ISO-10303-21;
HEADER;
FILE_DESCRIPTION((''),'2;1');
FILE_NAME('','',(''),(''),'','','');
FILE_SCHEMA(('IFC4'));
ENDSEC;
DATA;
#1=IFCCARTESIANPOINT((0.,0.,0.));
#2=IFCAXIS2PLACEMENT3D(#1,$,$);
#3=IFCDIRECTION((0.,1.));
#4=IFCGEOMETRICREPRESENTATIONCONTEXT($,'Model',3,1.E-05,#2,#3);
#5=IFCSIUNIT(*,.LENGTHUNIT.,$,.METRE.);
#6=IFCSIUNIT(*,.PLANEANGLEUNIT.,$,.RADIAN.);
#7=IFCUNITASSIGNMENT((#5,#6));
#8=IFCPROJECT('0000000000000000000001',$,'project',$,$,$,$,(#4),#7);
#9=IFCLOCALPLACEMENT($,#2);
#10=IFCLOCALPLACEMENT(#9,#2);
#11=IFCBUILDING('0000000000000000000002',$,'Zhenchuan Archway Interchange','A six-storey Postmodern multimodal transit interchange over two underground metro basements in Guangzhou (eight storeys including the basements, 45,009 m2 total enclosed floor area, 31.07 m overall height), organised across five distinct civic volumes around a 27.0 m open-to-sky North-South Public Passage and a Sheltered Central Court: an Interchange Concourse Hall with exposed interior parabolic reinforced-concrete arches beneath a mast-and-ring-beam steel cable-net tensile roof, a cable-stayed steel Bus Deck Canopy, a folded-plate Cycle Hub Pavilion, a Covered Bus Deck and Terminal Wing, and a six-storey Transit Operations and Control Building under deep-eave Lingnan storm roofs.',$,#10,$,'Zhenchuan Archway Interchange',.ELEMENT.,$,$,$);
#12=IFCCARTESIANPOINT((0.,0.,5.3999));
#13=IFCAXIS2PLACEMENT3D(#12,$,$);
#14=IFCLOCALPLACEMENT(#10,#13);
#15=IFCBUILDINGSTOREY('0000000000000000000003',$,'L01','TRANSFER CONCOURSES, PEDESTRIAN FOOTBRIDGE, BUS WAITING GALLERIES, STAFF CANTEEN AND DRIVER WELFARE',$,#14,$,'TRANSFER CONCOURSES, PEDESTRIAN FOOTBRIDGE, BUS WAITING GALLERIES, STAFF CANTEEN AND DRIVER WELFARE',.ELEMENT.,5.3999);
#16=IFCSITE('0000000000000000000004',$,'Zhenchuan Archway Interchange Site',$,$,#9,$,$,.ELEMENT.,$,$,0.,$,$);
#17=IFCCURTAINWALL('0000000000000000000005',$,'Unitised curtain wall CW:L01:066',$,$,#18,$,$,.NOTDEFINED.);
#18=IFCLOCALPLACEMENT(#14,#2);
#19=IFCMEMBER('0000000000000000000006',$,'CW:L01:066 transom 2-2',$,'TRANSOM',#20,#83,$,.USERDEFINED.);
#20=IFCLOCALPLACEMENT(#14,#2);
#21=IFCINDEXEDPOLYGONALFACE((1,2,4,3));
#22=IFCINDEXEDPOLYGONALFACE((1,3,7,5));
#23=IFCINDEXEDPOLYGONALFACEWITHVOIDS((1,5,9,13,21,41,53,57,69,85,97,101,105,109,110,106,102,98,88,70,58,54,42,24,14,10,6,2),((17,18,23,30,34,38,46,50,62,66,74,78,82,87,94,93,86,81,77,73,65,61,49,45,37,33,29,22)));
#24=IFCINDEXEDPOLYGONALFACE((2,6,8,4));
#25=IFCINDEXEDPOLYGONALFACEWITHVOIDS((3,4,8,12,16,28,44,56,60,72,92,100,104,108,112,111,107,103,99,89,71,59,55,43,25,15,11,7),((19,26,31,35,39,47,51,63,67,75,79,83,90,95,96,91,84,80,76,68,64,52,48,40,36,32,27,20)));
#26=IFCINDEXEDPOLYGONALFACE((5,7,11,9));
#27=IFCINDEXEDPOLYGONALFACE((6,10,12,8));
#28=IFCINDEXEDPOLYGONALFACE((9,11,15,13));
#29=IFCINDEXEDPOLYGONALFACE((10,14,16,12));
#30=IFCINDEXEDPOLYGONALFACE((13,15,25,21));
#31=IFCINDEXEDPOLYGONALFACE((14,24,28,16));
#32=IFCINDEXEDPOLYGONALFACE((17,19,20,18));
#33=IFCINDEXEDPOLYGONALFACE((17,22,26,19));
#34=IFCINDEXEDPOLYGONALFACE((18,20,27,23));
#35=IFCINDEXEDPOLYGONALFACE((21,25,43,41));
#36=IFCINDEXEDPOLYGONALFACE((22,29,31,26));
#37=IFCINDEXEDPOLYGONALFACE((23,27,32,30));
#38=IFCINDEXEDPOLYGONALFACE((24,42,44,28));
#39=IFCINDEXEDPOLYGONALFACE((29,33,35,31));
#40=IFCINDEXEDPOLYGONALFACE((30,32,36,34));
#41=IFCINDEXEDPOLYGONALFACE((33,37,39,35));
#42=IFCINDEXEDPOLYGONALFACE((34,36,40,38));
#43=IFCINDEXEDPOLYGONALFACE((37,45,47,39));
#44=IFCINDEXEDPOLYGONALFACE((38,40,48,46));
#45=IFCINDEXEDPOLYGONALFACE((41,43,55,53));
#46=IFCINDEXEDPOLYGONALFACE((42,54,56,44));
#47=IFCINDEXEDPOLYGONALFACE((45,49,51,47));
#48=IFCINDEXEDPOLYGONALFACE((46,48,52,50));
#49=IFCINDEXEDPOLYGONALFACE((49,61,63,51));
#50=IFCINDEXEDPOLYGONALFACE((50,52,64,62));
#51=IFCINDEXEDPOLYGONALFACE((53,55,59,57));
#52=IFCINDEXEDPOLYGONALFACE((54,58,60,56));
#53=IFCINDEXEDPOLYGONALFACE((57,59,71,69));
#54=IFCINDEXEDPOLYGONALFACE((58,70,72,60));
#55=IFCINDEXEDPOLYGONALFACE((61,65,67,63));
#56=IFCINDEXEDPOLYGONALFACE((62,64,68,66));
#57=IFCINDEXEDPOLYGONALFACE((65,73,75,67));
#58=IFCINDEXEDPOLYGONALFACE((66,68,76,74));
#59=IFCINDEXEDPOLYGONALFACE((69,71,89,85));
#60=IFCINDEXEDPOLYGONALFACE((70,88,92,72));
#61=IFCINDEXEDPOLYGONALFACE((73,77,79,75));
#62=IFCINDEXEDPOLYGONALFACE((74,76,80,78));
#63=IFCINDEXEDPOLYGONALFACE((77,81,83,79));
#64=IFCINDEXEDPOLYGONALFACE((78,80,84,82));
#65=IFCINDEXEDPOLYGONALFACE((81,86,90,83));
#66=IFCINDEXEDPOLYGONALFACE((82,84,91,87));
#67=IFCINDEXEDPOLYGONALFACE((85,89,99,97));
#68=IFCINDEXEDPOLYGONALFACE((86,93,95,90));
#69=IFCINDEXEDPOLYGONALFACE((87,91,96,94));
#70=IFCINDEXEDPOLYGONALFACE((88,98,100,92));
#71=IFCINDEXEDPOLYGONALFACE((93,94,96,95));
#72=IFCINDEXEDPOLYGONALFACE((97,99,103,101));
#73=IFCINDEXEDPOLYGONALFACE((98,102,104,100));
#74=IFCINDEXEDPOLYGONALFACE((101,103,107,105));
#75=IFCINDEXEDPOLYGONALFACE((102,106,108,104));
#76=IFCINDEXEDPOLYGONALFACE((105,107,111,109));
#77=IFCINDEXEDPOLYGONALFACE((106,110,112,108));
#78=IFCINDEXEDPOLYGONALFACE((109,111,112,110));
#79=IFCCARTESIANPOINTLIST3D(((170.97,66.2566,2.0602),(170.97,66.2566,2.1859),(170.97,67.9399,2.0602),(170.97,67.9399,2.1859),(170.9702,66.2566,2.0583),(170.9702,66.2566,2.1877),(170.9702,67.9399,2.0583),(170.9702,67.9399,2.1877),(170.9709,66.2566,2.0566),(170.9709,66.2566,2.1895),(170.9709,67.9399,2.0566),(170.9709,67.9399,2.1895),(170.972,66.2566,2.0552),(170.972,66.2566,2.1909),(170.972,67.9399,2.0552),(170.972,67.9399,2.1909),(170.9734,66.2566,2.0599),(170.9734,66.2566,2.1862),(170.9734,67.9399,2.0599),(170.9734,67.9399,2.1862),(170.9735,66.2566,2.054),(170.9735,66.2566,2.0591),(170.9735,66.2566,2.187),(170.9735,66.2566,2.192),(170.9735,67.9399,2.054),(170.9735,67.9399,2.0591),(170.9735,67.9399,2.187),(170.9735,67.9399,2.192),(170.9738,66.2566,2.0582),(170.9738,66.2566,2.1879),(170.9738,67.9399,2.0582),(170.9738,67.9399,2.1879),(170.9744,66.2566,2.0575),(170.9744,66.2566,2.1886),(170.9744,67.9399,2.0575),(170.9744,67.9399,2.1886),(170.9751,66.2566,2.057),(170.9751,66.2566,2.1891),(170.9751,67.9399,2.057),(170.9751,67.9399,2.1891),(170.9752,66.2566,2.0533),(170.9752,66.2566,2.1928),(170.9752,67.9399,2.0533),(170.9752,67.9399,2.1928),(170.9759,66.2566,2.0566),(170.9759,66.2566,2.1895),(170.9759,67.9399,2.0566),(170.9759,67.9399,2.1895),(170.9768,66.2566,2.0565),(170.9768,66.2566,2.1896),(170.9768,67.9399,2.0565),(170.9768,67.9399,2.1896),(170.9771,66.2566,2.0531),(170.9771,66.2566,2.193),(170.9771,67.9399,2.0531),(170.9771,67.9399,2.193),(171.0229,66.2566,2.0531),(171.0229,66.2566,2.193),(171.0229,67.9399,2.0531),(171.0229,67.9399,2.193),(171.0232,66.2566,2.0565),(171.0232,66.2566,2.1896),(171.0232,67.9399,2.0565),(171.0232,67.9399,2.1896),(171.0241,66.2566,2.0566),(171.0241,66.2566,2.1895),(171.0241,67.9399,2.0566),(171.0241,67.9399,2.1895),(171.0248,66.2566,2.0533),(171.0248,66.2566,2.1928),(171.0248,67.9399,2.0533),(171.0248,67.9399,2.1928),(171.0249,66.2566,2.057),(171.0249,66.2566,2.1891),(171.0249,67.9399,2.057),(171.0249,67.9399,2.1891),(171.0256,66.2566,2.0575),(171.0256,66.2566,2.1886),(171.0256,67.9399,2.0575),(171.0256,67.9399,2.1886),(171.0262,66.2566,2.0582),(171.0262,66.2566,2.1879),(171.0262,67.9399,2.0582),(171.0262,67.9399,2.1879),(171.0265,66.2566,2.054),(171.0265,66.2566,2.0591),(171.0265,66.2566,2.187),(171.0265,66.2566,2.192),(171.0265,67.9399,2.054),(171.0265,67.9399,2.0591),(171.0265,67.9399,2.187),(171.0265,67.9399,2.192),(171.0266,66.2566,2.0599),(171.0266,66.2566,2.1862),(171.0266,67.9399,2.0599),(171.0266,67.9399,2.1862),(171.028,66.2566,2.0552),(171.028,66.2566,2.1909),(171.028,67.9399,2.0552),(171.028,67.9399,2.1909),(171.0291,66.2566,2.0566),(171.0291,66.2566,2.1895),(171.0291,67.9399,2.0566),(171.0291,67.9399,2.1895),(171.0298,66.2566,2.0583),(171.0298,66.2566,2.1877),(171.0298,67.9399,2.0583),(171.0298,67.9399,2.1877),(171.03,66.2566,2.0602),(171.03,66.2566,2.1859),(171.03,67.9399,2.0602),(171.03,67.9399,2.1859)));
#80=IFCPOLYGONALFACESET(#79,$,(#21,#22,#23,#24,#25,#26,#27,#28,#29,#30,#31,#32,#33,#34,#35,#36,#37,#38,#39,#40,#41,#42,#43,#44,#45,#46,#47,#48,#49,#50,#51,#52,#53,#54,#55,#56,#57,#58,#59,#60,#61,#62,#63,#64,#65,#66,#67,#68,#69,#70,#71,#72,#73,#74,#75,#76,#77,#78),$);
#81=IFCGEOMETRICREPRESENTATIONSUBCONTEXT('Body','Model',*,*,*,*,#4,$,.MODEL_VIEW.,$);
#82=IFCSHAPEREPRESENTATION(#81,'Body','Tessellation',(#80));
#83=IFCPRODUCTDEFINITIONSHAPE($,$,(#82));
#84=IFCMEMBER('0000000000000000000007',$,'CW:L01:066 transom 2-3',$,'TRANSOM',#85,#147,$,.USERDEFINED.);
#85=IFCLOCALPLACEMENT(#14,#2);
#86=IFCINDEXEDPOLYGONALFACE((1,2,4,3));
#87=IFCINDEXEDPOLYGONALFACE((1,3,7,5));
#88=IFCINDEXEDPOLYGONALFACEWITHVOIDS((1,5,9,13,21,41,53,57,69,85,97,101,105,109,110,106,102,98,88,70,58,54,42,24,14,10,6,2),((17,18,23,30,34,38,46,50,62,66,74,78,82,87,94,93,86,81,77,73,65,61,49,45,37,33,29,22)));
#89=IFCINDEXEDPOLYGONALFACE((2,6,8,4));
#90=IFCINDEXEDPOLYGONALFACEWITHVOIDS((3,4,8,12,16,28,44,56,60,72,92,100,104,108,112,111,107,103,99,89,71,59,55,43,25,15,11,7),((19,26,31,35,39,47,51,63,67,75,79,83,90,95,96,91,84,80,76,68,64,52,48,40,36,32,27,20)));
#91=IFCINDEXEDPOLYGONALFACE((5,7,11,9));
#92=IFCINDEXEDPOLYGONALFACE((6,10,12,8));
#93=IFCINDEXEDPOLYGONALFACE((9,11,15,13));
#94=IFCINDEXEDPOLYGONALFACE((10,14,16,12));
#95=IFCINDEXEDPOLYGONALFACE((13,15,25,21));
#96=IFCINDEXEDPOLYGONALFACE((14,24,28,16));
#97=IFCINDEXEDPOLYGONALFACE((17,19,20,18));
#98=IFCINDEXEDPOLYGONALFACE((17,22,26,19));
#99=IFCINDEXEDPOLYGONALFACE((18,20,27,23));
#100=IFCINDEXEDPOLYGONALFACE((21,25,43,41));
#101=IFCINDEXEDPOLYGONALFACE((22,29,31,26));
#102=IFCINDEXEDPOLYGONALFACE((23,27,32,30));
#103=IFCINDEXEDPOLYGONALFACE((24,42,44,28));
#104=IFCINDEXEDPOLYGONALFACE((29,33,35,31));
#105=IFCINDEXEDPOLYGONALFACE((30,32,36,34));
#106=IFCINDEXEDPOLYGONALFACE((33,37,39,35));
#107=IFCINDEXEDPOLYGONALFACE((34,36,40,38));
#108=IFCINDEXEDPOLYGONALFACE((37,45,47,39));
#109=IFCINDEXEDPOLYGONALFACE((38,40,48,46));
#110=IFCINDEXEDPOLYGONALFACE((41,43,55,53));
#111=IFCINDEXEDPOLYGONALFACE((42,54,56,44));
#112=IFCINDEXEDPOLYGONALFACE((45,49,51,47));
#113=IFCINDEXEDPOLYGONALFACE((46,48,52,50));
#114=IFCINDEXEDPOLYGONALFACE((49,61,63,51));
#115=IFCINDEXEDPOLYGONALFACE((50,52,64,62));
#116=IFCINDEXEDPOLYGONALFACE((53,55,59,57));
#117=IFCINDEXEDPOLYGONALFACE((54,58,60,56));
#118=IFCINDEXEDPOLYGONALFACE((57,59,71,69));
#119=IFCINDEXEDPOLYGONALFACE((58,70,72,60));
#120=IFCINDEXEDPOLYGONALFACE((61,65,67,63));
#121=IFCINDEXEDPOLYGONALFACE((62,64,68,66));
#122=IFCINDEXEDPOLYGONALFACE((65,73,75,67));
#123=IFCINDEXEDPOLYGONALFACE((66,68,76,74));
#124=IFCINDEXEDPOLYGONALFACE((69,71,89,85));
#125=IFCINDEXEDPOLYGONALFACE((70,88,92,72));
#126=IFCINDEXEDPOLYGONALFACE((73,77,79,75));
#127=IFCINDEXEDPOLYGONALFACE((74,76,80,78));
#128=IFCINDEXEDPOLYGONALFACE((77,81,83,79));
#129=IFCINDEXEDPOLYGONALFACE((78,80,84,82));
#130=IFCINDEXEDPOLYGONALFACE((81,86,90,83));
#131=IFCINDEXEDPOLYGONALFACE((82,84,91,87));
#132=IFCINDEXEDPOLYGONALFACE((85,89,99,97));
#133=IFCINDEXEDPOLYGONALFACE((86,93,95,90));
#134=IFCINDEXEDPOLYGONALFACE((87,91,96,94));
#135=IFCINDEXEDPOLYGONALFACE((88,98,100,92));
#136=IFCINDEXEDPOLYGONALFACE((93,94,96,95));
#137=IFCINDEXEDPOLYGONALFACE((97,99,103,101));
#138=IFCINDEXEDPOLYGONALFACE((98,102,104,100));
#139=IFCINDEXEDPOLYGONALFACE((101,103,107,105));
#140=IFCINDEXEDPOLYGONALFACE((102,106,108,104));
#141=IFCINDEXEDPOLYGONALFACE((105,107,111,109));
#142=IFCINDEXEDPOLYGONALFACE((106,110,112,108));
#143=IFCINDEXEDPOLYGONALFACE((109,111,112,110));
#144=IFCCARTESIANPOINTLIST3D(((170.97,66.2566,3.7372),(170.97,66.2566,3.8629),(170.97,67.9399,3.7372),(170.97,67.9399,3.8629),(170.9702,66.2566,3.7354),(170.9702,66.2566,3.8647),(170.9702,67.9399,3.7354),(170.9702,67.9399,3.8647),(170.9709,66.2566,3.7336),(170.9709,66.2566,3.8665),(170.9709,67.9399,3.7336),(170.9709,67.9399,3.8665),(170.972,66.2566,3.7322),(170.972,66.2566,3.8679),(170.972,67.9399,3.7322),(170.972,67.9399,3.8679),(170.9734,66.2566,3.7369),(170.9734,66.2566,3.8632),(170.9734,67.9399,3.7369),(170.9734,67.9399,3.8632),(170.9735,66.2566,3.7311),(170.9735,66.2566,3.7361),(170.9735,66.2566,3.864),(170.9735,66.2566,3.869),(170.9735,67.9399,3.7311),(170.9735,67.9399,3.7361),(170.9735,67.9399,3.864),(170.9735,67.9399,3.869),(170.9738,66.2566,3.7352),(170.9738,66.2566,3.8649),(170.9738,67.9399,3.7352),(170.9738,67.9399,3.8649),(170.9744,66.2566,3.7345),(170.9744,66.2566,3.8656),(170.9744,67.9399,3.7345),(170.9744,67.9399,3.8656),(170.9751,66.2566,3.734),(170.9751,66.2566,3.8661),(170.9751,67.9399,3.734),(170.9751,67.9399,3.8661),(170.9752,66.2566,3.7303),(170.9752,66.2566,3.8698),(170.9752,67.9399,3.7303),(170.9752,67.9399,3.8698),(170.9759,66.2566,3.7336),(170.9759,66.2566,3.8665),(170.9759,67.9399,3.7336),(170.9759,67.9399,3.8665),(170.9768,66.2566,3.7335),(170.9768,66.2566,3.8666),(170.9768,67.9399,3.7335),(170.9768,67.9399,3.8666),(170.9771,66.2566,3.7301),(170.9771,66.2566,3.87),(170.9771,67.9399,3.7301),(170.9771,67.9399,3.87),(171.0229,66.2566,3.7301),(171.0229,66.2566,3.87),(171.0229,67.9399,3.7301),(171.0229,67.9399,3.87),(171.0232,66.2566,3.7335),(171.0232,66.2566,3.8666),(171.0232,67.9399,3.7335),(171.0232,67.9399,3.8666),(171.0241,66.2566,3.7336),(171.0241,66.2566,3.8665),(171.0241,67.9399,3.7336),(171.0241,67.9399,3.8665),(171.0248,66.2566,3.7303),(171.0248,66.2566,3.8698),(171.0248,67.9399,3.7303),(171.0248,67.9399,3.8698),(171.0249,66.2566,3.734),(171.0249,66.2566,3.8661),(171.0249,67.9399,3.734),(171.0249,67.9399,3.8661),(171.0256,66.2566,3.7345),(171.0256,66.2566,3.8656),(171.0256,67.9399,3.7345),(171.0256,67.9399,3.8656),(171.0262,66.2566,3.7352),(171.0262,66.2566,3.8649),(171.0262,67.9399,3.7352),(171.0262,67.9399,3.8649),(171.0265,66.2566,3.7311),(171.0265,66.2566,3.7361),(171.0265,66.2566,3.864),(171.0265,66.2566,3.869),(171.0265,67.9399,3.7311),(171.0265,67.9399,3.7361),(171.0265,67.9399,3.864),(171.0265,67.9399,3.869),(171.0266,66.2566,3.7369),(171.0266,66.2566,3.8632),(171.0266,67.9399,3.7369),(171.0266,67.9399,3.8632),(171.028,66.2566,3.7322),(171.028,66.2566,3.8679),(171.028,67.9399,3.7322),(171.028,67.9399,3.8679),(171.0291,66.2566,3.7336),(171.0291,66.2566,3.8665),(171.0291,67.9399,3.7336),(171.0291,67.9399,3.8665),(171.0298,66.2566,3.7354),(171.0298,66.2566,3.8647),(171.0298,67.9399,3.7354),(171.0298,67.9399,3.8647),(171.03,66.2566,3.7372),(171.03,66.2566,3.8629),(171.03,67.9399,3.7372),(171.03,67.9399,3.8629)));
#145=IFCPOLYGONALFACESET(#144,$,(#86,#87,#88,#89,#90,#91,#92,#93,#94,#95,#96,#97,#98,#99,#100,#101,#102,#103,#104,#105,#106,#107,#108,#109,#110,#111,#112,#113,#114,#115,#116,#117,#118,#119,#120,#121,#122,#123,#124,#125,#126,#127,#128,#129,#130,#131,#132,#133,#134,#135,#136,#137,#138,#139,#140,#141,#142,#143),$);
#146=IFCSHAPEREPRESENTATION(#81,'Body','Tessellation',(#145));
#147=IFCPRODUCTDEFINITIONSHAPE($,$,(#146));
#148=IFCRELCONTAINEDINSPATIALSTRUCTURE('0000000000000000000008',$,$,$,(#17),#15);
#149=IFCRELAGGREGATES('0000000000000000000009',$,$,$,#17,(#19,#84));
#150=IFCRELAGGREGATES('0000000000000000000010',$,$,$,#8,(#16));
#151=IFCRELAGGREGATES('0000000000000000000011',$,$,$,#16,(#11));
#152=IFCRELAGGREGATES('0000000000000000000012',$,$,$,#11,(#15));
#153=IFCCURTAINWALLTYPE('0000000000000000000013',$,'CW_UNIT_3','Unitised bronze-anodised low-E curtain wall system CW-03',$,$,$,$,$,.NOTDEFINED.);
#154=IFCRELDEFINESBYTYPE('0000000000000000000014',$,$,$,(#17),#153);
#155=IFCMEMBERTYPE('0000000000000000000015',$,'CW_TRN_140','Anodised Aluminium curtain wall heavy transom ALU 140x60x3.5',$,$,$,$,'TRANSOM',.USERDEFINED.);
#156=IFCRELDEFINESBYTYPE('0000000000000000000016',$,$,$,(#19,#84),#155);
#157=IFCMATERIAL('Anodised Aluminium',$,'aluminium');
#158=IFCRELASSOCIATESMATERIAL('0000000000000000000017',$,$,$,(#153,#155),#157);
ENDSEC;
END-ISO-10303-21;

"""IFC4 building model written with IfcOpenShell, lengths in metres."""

from ifc_helpers import new_model, si_unit, direction, frame, origin, origin_2d, place, context, subcontext, project, spatial, hollow_rectangle, extrude, material, material_profile, profile_set, type_object, element, aggregate, save


model = new_model("IFC4")

# Units and contexts
model_context = context("Model", 3, precision=1e-05, world=origin(), true_north=direction((0.0, 1.0)))
body_context = subcontext(model_context, "Body", "Model", "MODEL_VIEW")
ifc_project = project(units=[si_unit("LENGTHUNIT", "METRE"), si_unit("PLANEANGLEUNIT", "RADIAN")], contexts=[model_context])

# Site, building, storey
site_placement = place(None, origin())
site = spatial("IfcSite", under=ifc_project, at=site_placement, Name="Zhenchuan Archway Interchange Site", CompositionType="ELEMENT", RefElevation=0.0)
building_placement = place(site_placement, origin())
building = spatial("IfcBuilding", under=site, at=building_placement, Name="Zhenchuan Archway Interchange", Description="A six-storey Postmodern multimodal transit interchange over two underground metro basements in Guangzhou (eight storeys including the basements, 45,009 m2 total enclosed floor area, 31.07 m overall height), organised across five distinct civic volumes around a 27.0 m open-to-sky North-South Public Passage and a Sheltered Central Court: an Interchange Concourse Hall with exposed interior parabolic reinforced-concrete arches beneath a mast-and-ring-beam steel cable-net tensile roof, a cable-stayed steel Bus Deck Canopy, a folded-plate Cycle Hub Pavilion, a Covered Bus Deck and Terminal Wing, and a six-storey Transit Operations and Control Building under deep-eave Lingnan storm roofs.", LongName="Zhenchuan Archway Interchange", CompositionType="ELEMENT")
storey_placement = place(building_placement, frame((0.0, 0.0, 5.3999)))
storey = spatial("IfcBuildingStorey", under=building, at=storey_placement, Name="L01", Description="TRANSFER CONCOURSES, PEDESTRIAN FOOTBRIDGE, BUS WAITING GALLERIES, STAFF CANTEEN AND DRIVER WELFARE", LongName="TRANSFER CONCOURSES, PEDESTRIAN FOOTBRIDGE, BUS WAITING GALLERIES, STAFF CANTEEN AND DRIVER WELFARE", CompositionType="ELEMENT", Elevation=5.3999)

# Curtain wall, members
ifc_material_1 = material(Name="Anodised Aluminium", Category="aluminium")
curtain_wall_type = type_object("IfcCurtainWallType", Name="CW_UNIT_3", Description="Unitised bronze-anodised low-E curtain wall system CW-03", PredefinedType="NOTDEFINED", material=ifc_material_1)
curtain_wall_placement = place(storey_placement, origin())
curtain_wall = element("IfcCurtainWall", 1, at=curtain_wall_placement, inside=storey, type_object=curtain_wall_type, Name="Unitised curtain wall CW:L01:066", PredefinedType="NOTDEFINED")
ifc_material_profile_1 = material_profile(ifc_material_1, hollow_rectangle(XDim=0.0601, YDim=0.1399, WallThickness=0.0034, InnerFilletRadius=0.0034, OuterFilletRadius=0.0071, at=origin_2d()), Name="ALU 140x60x3.5")
ifc_profile_set_1 = profile_set([ifc_material_profile_1], Name="Anodised Aluminium")
member_type_1 = type_object("IfcMemberType", Name="CW_TRN_140", Description="Anodised Aluminium curtain wall heavy transom ALU 140x60x3.5", ElementType="TRANSOM", PredefinedType="USERDEFINED", material=ifc_profile_set_1)
member_1_placement = place(storey_placement, frame((171.0, 67.9399, 2.123), z_axis=(0.0, -1.0, 0.0), x_axis=(1.0, 0.0, 0.0)))
member_1 = element("IfcMember", 2, at=member_1_placement, type_object=member_type_1, Name="CW:L01:066 transom 2-2", ObjectType="TRANSOM", PredefinedType="USERDEFINED", context=body_context, shape_type="SweptSolid", body=[
    extrude(hollow_rectangle(XDim=0.0601, YDim=0.1399, WallThickness=0.0034, InnerFilletRadius=0.0034, OuterFilletRadius=0.0071, at=origin_2d()), origin(), (0.0, 0.0, 1.0), 1.6833),
])
member_2_placement = place(storey_placement, frame((171.0, 67.9399, 3.8), z_axis=(0.0, -1.0, 0.0), x_axis=(1.0, 0.0, 0.0)))
member_2 = element("IfcMember", 3, at=member_2_placement, type_object=member_type_1, Name="CW:L01:066 transom 2-3", ObjectType="TRANSOM", PredefinedType="USERDEFINED", context=body_context, shape_type="SweptSolid", body=[
    extrude(hollow_rectangle(XDim=0.0601, YDim=0.1399, WallThickness=0.0034, InnerFilletRadius=0.0034, OuterFilletRadius=0.0071, at=origin_2d()), origin(), (0.0, 0.0, 1.0), 1.6833),
])

aggregate(curtain_wall, [member_1, member_2])

save(model, "model.ifc")
